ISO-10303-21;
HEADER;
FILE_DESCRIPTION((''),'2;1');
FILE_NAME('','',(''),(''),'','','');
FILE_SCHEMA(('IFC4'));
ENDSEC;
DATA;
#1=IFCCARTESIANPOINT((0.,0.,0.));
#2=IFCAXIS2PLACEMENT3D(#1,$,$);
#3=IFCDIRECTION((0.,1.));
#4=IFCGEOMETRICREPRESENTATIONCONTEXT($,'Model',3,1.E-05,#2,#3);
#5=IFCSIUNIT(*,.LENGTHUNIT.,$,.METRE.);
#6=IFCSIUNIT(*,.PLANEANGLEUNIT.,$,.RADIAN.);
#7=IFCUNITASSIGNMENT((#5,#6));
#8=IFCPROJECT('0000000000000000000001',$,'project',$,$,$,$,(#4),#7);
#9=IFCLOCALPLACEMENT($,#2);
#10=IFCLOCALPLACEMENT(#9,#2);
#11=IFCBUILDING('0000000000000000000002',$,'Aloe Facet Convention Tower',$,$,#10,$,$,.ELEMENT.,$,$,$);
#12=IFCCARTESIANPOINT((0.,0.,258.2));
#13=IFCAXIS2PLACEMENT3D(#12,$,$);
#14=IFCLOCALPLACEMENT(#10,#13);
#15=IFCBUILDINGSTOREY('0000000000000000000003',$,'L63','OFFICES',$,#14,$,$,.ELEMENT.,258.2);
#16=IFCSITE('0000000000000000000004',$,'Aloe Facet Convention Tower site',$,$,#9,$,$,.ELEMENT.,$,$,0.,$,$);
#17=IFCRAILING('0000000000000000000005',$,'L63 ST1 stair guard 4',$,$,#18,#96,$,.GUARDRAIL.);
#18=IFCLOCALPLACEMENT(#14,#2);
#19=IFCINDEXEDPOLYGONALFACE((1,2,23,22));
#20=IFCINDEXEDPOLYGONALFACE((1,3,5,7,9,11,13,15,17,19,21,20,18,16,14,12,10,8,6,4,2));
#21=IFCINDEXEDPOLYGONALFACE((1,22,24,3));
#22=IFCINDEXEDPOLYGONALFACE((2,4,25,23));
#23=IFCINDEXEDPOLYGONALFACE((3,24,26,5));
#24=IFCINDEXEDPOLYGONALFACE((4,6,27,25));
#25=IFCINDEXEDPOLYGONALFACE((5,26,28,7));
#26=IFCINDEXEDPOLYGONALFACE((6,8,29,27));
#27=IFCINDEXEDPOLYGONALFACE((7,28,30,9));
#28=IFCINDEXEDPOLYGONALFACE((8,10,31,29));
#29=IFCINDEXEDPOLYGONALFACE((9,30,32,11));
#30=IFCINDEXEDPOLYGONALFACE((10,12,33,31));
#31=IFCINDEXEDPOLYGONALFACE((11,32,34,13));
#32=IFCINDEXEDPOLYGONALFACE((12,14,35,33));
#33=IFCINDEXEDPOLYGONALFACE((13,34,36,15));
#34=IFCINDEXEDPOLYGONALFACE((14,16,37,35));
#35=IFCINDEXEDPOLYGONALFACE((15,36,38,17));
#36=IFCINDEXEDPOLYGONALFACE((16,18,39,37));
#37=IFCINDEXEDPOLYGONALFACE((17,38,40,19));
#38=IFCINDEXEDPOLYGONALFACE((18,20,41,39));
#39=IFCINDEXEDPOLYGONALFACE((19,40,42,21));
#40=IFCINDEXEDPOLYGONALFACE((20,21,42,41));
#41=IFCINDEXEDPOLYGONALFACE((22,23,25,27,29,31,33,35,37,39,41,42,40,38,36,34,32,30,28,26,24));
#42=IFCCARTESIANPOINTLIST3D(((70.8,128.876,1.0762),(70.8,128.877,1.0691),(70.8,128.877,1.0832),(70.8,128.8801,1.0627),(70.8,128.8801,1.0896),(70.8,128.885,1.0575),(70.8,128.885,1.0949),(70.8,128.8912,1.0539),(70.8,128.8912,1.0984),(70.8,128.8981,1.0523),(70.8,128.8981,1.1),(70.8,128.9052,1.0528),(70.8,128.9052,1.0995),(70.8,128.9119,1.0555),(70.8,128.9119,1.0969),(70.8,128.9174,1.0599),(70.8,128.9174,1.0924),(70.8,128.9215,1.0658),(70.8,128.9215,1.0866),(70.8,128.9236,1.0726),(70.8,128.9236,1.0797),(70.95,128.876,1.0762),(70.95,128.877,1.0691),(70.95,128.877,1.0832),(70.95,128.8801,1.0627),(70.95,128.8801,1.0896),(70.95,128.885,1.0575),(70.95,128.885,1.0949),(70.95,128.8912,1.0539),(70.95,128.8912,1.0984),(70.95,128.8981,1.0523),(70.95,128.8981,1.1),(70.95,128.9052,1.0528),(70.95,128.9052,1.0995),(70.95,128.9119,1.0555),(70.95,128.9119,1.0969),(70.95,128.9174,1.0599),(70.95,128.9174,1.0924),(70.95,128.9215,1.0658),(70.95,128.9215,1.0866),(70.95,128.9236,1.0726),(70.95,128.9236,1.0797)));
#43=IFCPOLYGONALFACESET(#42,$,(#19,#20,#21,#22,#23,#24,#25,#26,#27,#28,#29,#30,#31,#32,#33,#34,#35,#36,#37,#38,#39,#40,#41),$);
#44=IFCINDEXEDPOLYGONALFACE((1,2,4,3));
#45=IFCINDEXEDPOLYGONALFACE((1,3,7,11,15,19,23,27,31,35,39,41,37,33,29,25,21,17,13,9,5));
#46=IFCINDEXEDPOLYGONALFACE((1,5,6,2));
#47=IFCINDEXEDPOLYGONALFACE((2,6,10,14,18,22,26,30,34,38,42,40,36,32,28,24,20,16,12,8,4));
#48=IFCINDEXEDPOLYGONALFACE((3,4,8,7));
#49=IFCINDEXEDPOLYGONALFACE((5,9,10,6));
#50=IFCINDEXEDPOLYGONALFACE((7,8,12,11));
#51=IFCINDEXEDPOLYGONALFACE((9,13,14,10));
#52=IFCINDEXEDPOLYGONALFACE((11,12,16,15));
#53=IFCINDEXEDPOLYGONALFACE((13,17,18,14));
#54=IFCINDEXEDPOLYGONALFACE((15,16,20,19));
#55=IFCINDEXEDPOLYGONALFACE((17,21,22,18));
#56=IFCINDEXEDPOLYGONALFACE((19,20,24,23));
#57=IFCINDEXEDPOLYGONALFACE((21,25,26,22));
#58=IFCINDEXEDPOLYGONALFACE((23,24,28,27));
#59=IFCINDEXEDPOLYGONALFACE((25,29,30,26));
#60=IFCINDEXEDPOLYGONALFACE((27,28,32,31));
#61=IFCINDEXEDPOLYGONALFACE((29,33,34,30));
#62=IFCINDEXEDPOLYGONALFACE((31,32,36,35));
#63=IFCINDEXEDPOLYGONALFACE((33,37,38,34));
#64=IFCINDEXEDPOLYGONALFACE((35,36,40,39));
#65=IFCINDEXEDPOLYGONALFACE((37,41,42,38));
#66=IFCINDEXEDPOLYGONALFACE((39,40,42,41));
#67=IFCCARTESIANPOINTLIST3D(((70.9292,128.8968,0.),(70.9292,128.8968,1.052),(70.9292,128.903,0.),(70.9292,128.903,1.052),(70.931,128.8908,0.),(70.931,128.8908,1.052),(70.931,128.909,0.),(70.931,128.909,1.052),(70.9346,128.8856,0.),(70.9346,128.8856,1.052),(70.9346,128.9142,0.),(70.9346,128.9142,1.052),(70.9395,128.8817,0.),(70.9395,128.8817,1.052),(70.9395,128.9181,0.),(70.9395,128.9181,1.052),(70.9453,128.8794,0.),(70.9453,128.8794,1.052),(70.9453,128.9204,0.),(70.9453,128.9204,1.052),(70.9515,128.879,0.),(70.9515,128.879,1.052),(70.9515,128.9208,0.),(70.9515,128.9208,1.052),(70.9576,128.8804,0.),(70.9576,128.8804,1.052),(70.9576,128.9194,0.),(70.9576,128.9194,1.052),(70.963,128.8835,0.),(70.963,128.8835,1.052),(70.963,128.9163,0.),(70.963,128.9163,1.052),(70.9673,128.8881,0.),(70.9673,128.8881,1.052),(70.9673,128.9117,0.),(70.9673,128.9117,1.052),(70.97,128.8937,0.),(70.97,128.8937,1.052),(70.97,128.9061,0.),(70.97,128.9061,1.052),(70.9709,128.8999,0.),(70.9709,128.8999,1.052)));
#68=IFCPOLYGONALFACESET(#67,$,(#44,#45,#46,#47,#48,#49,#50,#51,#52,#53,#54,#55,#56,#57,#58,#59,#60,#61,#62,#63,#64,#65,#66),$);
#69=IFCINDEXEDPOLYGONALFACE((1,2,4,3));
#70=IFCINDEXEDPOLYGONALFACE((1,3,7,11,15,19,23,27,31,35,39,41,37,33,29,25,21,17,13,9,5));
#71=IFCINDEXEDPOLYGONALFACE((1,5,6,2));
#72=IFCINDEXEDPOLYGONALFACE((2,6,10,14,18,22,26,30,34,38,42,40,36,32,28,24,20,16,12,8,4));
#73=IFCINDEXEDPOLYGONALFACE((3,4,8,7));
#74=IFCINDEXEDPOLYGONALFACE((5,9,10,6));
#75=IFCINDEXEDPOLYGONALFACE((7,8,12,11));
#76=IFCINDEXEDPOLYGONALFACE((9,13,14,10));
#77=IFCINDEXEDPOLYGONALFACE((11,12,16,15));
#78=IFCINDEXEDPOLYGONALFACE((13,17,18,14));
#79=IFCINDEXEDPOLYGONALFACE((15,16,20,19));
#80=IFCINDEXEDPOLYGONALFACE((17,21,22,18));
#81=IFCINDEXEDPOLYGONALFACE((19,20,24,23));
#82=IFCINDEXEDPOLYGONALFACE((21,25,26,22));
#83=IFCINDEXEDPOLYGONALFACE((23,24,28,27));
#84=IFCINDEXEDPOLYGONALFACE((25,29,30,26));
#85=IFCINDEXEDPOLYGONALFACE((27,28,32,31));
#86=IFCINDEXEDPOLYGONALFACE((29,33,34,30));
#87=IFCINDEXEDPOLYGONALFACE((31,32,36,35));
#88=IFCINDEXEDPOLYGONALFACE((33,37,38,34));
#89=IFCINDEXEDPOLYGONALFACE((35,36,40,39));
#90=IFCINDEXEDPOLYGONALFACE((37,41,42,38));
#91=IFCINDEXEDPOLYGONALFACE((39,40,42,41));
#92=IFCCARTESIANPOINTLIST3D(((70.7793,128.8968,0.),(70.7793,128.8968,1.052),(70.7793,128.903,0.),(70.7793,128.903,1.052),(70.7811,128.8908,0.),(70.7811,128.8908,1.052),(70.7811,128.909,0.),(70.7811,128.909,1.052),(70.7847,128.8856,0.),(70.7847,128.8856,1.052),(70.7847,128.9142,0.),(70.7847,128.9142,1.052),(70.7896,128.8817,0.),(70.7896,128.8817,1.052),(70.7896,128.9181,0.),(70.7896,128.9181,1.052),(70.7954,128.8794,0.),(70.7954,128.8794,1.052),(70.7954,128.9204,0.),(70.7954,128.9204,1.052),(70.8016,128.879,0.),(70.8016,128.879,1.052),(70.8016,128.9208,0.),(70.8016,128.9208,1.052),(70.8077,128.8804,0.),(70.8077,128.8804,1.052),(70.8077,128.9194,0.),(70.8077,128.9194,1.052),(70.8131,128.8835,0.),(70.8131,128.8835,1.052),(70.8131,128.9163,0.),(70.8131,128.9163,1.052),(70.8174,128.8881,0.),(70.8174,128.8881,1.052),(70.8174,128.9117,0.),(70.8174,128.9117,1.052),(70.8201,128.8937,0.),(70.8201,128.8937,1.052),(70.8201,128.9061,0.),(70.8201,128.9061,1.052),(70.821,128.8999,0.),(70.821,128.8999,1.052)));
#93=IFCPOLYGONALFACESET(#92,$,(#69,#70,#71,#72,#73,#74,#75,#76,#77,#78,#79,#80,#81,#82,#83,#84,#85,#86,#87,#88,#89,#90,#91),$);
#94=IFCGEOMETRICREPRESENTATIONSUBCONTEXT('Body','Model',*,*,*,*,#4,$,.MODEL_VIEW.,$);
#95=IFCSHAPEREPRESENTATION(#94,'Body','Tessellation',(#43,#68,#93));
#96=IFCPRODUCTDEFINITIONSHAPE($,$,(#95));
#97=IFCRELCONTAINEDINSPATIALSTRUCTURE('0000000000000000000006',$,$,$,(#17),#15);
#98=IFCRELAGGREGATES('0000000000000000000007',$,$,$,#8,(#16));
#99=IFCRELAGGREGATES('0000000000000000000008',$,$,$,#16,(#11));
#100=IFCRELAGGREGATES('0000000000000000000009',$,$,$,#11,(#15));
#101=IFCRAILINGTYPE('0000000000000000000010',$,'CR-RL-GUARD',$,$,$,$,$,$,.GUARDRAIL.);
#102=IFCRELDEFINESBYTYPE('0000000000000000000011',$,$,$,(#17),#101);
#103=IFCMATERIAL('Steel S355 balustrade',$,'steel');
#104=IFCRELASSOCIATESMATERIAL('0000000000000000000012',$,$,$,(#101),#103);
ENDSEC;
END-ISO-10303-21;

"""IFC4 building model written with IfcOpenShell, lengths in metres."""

from ifc_helpers import new_model, si_unit, direction, frame, origin, origin_2d, place, context, subcontext, project, spatial, circle, extrude, material, type_object, element, save


model = new_model("IFC4")

# Units and contexts
model_context = context("Model", 3, precision=1e-05, world=origin(), true_north=direction((0.0, 1.0)))
body_context = subcontext(model_context, "Body", "Model", "MODEL_VIEW")
ifc_project = project(units=[si_unit("LENGTHUNIT", "METRE"), si_unit("PLANEANGLEUNIT", "RADIAN")], contexts=[model_context])

# Site, building, storey
site_placement = place(None, origin())
site = spatial("IfcSite", under=ifc_project, at=site_placement, Name="Aloe Facet Convention Tower site", CompositionType="ELEMENT", RefElevation=0.0)
building_placement = place(site_placement, origin())
building = spatial("IfcBuilding", under=site, at=building_placement, Name="Aloe Facet Convention Tower", CompositionType="ELEMENT")
storey_placement = place(building_placement, frame((0.0, 0.0, 258.2)))
storey = spatial("IfcBuildingStorey", under=building, at=storey_placement, Name="L63", Description="OFFICES", CompositionType="ELEMENT", Elevation=258.2)

# Railing
ifc_material_1 = material(Name="Steel S355 balustrade", Category="steel")
railing_type_1 = type_object("IfcRailingType", Name="CR-RL-GUARD", PredefinedType="GUARDRAIL", material=ifc_material_1)
railing_1_placement = place(storey_placement, frame((70.95, 128.8999, 0.0)))
element("IfcRailing", 1, at=railing_1_placement, inside=storey, type_object=railing_type_1, Name="L63 ST1 stair guard 4", PredefinedType="GUARDRAIL", context=body_context, shape_type="SweptSolid", body=[
    extrude(circle(Radius=0.0239, at=origin_2d()), frame((0.0, 0.0, 1.0762), z_axis=(-1.0, 0.0, 0.0), x_axis=(0.0, -1.0, 0.0)), (0.0, 0.0, 1.0), 0.1499),
    extrude(circle(Radius=0.021, at=origin_2d()), origin(), (0.0, 0.0, 1.0), 1.052),
    extrude(circle(Radius=0.021, at=origin_2d()), frame((-0.1499, 0.0, 0.0)), (0.0, 0.0, 1.0), 1.052),
])

save(model, "model.ifc")
